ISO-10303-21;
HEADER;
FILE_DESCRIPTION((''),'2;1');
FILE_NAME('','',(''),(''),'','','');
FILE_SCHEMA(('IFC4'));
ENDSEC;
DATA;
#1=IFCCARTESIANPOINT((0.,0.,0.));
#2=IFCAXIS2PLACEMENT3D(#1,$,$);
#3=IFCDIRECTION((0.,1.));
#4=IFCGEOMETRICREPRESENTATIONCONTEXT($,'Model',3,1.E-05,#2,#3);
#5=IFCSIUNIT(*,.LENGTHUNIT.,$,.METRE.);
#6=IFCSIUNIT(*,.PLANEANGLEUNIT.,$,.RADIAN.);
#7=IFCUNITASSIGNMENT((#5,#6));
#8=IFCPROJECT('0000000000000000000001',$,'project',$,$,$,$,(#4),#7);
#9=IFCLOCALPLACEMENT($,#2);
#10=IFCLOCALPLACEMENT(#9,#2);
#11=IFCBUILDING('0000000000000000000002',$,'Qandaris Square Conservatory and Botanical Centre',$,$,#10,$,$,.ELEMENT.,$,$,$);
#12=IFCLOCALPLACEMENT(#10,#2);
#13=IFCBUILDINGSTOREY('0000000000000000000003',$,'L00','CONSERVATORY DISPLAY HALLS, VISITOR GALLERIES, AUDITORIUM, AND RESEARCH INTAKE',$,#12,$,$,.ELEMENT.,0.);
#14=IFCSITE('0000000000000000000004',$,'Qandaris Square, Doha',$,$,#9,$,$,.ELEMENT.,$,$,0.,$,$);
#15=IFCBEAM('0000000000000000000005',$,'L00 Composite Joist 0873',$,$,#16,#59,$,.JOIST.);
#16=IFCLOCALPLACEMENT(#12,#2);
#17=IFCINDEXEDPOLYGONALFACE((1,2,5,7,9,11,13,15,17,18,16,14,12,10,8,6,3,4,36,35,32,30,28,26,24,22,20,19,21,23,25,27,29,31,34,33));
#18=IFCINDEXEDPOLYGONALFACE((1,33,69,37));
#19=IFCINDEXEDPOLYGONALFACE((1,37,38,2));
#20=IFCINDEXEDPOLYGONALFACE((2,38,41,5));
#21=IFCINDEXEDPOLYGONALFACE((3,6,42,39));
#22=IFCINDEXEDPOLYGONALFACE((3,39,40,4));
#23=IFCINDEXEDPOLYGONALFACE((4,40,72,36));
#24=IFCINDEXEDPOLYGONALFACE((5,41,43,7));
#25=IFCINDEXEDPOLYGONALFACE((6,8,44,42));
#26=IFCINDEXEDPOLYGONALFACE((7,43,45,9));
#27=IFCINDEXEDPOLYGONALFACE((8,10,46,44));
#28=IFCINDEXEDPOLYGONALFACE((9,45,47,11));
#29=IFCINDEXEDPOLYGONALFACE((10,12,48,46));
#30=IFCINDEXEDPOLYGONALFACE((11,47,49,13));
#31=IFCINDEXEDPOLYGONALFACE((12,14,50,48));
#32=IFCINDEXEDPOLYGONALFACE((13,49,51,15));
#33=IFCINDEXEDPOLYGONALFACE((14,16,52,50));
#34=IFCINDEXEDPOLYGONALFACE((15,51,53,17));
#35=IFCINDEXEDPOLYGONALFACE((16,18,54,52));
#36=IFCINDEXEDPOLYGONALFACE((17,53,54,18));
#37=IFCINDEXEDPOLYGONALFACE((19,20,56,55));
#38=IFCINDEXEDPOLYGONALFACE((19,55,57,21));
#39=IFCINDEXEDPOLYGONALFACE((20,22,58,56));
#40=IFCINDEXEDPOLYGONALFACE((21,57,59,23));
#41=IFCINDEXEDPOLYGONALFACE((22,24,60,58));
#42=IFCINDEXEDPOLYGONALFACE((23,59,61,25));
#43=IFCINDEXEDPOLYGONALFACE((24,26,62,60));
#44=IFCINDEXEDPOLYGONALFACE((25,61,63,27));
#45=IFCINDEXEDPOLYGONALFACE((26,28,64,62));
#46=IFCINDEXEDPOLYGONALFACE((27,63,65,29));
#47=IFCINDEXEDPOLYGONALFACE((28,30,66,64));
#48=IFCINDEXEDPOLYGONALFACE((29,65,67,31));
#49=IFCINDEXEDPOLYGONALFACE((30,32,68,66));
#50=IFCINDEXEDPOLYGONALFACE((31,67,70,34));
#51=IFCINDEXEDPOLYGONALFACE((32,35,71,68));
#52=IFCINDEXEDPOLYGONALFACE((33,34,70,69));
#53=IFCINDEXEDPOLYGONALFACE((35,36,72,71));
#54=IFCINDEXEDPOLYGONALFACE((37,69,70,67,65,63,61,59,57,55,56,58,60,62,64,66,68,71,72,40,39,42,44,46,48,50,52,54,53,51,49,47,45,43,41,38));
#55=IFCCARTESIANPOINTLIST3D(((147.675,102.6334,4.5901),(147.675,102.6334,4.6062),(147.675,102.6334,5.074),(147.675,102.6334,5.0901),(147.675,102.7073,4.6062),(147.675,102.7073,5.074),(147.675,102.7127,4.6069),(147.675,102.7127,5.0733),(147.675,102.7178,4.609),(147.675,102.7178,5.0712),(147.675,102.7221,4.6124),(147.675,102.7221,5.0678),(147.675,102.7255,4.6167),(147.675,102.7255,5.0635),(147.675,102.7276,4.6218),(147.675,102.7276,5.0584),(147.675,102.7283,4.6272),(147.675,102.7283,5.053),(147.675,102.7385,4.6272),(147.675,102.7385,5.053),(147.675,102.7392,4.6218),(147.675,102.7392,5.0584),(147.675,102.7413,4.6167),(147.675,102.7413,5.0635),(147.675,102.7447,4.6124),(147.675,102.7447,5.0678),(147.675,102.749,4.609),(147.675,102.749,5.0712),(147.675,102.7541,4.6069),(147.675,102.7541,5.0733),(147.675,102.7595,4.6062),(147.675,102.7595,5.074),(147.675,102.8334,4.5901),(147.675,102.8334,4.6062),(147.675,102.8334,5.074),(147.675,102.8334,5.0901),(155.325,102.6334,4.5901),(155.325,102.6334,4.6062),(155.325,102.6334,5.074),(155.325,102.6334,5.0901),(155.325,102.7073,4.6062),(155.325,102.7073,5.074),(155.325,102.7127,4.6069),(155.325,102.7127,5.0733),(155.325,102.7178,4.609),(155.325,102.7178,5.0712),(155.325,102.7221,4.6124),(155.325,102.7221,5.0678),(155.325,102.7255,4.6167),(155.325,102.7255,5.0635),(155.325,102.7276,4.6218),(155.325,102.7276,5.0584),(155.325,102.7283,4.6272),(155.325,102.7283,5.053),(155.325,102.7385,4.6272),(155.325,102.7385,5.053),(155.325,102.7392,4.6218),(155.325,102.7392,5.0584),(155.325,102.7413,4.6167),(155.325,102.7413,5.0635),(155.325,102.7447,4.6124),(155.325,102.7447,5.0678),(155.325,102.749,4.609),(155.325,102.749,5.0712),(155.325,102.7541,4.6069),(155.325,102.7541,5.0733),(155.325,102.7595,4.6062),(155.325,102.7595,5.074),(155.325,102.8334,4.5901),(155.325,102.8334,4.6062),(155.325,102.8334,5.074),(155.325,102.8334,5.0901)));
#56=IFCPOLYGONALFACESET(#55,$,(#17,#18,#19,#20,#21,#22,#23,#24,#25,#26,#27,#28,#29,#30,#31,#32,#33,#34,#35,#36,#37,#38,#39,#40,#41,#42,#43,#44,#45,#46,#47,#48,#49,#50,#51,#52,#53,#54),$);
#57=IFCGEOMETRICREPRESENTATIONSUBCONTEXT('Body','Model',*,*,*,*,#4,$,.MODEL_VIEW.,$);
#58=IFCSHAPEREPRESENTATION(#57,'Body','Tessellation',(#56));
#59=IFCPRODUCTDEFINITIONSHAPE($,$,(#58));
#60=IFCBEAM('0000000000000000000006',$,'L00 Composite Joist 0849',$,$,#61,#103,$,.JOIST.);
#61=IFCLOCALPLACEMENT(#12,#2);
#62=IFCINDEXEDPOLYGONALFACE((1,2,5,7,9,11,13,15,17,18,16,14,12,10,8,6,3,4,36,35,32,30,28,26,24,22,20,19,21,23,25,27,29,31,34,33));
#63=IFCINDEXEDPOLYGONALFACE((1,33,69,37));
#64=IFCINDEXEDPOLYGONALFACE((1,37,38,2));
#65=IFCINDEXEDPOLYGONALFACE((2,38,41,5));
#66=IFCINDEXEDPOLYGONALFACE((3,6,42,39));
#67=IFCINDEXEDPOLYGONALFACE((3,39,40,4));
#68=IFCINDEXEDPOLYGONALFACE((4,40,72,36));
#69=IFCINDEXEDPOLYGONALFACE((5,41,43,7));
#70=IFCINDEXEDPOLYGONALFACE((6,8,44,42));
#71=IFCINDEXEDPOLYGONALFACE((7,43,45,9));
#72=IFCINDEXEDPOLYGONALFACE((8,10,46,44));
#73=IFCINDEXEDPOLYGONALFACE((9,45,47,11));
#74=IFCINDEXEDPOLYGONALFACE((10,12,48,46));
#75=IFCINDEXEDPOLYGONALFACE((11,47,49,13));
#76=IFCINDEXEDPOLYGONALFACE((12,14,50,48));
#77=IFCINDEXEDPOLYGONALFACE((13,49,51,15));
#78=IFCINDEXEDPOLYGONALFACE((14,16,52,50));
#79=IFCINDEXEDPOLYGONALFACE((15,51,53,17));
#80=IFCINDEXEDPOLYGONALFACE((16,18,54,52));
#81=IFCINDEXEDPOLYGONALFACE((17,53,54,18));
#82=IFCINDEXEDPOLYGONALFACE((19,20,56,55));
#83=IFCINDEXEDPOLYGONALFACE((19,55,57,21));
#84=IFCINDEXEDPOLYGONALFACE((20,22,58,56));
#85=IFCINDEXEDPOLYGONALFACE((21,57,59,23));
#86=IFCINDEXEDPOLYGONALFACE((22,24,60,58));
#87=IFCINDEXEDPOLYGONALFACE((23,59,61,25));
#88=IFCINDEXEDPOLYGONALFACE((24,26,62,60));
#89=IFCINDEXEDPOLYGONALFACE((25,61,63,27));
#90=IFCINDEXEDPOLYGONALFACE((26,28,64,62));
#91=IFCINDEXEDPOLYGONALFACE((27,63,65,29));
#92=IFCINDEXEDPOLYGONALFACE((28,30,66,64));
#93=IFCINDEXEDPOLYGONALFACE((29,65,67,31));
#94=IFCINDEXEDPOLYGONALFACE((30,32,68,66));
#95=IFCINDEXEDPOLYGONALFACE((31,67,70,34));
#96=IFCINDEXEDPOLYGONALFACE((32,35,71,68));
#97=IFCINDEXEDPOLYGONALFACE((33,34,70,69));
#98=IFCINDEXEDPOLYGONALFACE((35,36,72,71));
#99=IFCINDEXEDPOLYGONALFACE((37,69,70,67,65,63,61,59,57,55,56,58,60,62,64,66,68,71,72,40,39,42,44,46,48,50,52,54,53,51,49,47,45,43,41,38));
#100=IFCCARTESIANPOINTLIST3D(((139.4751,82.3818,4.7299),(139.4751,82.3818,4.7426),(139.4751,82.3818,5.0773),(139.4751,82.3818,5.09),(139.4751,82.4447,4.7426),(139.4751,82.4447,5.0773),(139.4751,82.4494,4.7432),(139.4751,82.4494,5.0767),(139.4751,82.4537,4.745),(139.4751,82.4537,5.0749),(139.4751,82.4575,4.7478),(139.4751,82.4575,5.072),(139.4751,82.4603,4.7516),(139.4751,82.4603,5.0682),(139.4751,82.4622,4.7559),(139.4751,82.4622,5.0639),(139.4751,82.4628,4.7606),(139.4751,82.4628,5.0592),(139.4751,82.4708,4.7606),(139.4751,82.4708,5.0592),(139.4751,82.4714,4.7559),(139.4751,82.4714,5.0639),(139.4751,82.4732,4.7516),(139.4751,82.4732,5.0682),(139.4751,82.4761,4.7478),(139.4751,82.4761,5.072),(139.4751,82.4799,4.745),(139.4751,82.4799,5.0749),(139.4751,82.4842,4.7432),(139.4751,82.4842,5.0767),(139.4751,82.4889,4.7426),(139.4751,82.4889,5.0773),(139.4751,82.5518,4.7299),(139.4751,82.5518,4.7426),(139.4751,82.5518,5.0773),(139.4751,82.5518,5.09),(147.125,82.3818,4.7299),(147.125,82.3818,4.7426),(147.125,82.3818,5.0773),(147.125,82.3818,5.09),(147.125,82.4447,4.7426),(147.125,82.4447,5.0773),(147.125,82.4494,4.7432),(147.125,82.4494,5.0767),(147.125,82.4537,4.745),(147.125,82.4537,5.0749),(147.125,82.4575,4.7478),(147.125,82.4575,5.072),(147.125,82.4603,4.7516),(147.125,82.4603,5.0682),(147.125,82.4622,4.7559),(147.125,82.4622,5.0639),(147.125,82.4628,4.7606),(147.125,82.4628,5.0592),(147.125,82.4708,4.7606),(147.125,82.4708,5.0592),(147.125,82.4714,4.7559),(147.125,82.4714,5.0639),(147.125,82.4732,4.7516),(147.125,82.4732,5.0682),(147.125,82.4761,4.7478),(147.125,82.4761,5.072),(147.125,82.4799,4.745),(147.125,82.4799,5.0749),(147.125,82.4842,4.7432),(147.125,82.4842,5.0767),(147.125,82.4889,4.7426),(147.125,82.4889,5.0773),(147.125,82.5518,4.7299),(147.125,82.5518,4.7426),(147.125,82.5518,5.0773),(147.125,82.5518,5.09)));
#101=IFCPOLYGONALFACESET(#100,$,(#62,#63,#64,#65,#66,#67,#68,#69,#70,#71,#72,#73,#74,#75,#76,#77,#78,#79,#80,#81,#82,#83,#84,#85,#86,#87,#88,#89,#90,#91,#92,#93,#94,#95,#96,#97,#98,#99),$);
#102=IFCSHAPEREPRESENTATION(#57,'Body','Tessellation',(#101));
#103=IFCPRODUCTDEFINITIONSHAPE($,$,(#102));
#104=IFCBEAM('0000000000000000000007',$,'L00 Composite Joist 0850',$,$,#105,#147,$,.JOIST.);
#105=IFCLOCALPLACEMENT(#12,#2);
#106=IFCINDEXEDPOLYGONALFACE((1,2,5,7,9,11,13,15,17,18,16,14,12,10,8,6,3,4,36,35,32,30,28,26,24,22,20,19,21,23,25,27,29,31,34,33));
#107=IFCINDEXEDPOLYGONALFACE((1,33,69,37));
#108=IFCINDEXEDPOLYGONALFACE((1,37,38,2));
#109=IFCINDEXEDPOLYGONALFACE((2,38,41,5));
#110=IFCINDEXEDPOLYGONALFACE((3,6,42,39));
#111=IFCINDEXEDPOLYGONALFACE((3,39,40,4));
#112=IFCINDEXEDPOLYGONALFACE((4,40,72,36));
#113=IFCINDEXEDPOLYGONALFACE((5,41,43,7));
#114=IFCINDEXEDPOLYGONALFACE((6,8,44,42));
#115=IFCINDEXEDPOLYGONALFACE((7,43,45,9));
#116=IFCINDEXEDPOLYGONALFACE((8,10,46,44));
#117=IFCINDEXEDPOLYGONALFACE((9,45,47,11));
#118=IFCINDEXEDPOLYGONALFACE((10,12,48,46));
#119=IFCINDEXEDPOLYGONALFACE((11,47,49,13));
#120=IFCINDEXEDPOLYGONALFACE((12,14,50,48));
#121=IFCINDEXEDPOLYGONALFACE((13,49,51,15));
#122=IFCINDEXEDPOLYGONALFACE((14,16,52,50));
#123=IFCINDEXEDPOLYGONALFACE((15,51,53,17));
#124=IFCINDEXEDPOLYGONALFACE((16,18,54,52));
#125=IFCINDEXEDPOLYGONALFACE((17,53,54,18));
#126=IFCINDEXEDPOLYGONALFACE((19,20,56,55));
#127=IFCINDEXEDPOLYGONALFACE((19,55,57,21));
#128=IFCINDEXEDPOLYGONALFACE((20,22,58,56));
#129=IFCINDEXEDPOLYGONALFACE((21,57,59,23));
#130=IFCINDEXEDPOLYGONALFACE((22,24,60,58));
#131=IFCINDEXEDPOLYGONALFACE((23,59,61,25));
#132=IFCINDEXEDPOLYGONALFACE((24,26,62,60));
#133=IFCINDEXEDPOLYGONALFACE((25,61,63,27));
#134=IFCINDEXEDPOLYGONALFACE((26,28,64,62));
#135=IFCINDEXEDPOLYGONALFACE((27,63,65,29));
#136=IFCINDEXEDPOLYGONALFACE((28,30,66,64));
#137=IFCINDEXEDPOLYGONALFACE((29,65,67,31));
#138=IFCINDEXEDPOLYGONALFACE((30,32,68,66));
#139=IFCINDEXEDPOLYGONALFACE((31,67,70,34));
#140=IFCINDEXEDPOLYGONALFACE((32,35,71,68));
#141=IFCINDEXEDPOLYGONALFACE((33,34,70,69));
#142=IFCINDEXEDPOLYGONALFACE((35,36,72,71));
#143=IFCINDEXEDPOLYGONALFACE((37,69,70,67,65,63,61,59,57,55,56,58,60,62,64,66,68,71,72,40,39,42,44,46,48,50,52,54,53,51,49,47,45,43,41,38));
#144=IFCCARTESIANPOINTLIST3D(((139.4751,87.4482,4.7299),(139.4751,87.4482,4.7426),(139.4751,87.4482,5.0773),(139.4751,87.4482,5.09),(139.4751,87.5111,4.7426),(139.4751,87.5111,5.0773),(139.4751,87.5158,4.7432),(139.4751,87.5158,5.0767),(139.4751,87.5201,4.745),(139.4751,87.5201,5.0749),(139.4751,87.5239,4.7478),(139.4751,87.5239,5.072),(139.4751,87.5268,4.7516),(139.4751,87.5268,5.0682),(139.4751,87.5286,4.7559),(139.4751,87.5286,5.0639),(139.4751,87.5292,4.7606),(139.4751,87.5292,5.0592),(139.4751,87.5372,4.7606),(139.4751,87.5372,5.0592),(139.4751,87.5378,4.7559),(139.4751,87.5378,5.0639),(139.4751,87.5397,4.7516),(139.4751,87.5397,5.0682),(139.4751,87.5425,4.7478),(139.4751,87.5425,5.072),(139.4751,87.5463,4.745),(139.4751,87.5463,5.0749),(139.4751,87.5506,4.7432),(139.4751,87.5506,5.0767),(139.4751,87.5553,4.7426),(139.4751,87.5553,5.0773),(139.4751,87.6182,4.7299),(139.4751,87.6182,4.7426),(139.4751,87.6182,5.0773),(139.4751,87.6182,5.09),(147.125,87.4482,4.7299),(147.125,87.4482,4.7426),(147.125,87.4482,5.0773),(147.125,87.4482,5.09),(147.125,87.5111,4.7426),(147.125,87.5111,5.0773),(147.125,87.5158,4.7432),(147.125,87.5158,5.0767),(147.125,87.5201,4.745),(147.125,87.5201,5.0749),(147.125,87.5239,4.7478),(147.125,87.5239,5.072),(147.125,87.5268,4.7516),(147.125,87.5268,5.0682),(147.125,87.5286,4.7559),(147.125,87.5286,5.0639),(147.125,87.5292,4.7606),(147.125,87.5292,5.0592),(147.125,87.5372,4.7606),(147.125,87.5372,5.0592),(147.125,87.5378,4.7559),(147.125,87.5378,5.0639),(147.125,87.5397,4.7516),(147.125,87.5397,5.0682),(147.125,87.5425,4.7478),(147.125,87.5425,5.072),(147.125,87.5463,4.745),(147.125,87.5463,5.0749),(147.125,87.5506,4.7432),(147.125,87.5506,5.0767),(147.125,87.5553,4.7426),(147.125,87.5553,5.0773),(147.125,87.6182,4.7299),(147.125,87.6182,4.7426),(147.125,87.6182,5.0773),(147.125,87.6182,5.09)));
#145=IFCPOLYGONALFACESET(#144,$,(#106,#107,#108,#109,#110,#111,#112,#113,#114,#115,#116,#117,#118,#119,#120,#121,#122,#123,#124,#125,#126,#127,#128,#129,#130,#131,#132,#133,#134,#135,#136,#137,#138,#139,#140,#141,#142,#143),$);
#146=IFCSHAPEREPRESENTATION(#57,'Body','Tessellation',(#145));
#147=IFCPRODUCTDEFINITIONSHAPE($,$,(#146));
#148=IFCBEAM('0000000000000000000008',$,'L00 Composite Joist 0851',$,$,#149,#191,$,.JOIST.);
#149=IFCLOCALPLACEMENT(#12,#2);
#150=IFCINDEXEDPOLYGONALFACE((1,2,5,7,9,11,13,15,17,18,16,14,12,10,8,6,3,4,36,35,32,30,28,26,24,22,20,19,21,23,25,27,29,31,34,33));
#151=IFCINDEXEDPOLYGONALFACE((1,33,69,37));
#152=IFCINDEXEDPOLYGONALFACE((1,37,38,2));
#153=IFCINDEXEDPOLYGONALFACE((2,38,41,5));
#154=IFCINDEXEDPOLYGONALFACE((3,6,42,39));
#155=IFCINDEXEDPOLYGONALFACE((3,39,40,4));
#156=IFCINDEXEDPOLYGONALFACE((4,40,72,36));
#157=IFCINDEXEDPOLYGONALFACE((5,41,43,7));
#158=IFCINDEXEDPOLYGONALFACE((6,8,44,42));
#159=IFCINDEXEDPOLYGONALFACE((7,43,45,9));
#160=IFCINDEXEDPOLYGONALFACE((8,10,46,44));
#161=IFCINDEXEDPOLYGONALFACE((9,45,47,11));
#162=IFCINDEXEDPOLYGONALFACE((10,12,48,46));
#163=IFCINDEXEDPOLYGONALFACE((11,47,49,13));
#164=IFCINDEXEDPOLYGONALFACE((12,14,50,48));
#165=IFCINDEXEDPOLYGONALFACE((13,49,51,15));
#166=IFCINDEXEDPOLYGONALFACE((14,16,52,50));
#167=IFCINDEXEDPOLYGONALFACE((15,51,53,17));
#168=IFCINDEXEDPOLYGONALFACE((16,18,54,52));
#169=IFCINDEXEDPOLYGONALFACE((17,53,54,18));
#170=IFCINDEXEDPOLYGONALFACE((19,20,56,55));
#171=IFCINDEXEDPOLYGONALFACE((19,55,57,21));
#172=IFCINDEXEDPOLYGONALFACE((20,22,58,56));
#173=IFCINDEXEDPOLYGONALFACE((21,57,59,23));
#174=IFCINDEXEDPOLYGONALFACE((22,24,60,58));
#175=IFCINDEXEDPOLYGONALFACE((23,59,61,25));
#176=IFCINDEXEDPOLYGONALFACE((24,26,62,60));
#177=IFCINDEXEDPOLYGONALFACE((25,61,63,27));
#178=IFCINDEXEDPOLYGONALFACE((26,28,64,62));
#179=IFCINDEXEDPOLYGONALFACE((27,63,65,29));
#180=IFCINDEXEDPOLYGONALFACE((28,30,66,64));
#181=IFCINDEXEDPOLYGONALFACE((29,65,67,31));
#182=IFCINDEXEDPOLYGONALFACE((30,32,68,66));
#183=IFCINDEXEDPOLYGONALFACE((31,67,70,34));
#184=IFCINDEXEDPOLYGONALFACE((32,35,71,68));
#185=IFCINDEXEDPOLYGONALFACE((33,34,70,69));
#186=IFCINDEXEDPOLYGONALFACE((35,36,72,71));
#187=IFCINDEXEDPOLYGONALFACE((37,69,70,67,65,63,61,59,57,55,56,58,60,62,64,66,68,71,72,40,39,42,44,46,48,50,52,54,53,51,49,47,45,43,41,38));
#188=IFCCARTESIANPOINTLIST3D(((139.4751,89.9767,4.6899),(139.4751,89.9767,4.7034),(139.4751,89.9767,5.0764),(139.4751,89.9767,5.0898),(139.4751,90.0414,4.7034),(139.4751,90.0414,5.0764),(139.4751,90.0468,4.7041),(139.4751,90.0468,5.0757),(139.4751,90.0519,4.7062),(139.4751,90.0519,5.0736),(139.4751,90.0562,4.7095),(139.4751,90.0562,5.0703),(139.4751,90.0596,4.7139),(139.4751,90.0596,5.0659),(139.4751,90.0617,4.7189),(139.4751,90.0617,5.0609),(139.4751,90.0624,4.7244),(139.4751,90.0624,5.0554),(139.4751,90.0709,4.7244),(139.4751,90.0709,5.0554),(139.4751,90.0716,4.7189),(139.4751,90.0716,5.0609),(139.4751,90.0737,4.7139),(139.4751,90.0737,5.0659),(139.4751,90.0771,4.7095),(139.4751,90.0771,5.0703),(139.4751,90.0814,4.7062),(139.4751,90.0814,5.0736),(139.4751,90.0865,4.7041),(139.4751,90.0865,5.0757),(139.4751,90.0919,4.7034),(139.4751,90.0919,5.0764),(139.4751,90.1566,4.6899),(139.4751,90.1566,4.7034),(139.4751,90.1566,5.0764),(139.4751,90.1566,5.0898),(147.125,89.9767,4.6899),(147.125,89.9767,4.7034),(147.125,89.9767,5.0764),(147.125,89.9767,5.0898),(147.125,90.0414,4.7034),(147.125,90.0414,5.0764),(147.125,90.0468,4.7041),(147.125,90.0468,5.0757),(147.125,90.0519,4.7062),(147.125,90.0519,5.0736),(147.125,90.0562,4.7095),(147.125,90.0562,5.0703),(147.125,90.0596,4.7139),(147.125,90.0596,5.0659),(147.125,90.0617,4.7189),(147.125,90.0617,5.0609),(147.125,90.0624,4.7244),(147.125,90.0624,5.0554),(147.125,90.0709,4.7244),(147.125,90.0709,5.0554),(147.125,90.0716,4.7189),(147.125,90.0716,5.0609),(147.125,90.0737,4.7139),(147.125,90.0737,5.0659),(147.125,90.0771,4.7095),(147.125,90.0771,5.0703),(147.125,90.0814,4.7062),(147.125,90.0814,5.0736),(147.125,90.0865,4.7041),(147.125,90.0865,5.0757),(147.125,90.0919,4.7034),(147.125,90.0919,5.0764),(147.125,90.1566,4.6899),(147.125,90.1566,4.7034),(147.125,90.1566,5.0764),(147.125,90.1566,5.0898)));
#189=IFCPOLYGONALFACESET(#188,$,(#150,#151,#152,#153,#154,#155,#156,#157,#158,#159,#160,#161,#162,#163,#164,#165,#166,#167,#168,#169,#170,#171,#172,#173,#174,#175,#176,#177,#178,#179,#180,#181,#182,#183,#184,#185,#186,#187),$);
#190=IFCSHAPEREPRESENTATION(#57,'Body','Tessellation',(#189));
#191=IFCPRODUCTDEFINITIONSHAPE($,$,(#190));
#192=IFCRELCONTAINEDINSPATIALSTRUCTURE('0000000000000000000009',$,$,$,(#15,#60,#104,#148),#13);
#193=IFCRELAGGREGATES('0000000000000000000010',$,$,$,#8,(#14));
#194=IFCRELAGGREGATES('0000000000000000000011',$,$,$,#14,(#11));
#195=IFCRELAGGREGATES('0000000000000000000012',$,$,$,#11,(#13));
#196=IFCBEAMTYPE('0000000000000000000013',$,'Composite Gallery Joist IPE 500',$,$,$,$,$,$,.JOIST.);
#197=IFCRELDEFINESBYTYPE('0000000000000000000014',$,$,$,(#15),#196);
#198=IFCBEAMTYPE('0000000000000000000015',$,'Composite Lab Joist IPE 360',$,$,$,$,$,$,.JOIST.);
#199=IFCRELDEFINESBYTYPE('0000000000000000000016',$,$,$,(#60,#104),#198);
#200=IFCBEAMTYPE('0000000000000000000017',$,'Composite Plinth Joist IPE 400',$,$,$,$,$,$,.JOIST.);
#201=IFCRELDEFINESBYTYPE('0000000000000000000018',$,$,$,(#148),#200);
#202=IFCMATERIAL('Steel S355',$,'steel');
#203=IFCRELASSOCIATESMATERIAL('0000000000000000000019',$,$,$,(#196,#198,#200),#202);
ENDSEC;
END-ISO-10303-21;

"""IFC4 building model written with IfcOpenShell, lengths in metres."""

from ifc_helpers import new_model, si_unit, direction, frame, origin, origin_2d, place, context, subcontext, project, spatial, i_section, extrude, material, material_profile, profile_set, type_object, element, save


model = new_model("IFC4")

# Units and contexts
model_context = context("Model", 3, precision=1e-05, world=origin(), true_north=direction((0.0, 1.0)))
body_context = subcontext(model_context, "Body", "Model", "MODEL_VIEW")
ifc_project = project(units=[si_unit("LENGTHUNIT", "METRE"), si_unit("PLANEANGLEUNIT", "RADIAN")], contexts=[model_context])

# Site, building, storey
site_placement = place(None, origin())
site = spatial("IfcSite", under=ifc_project, at=site_placement, Name="Qandaris Square, Doha", CompositionType="ELEMENT", RefElevation=0.0)
building_placement = place(site_placement, origin())
building = spatial("IfcBuilding", under=site, at=building_placement, Name="Qandaris Square Conservatory and Botanical Centre", CompositionType="ELEMENT")
storey_placement = place(building_placement, origin())
storey = spatial("IfcBuildingStorey", under=building, at=storey_placement, Name="L00", Description="CONSERVATORY DISPLAY HALLS, VISITOR GALLERIES, AUDITORIUM, AND RESEARCH INTAKE", CompositionType="ELEMENT", Elevation=0.0)

# Beams
ifc_material_1 = material(Name="Steel S355", Category="steel")
ifc_material_profile_1 = material_profile(ifc_material_1, i_section(OverallWidth=0.2, OverallDepth=0.5, WebThickness=0.0103, FlangeThickness=0.0161, FilletRadius=0.021, at=origin_2d()), Name="IPE 500")
ifc_profile_set_1 = profile_set([ifc_material_profile_1], Name="Steel S355")
beam_type_1 = type_object("IfcBeamType", Name="Composite Gallery Joist IPE 500", PredefinedType="JOIST", material=ifc_profile_set_1)
for number, where, z_axis, x_axis, name in (
    (1, (147.675, 102.7334, 4.8401), (1.0, 0.0, 0.0), (0.0, 1.0, 0.0), "L00 Composite Joist 0873"),
):
    element("IfcBeam", number, at=place(storey_placement, frame(where, z_axis=z_axis, x_axis=x_axis)), inside=storey, type_object=beam_type_1, Name=name, PredefinedType="JOIST", context=body_context, shape_type="SweptSolid", body=[
        extrude(i_section(OverallWidth=0.2, OverallDepth=0.5, WebThickness=0.0103, FlangeThickness=0.0161, FilletRadius=0.021, at=origin_2d()), origin(), (0.0, 0.0, 1.0), 7.6499),
    ])
ifc_material_profile_2 = material_profile(ifc_material_1, i_section(OverallWidth=0.1699, OverallDepth=0.3601, WebThickness=0.0081, FlangeThickness=0.0127, FilletRadius=0.0181, at=origin_2d()), Name="IPE 360")
ifc_profile_set_2 = profile_set([ifc_material_profile_2], Name="Steel S355")
beam_type_2 = type_object("IfcBeamType", Name="Composite Lab Joist IPE 360", PredefinedType="JOIST", material=ifc_profile_set_2)
for number, where, z_axis, x_axis, name in (
    (2, (139.4751, 82.4668, 4.9099), (1.0, 0.0, 0.0), (0.0, 1.0, 0.0), "L00 Composite Joist 0849"),
    (3, (139.4751, 87.5332, 4.9099), (1.0, 0.0, 0.0), (0.0, 1.0, 0.0), "L00 Composite Joist 0850"),
):
    element("IfcBeam", number, at=place(storey_placement, frame(where, z_axis=z_axis, x_axis=x_axis)), inside=storey, type_object=beam_type_2, Name=name, PredefinedType="JOIST", context=body_context, shape_type="SweptSolid", body=[
        extrude(i_section(OverallWidth=0.1699, OverallDepth=0.3601, WebThickness=0.0081, FlangeThickness=0.0127, FilletRadius=0.0181, at=origin_2d()), origin(), (0.0, 0.0, 1.0), 7.6499),
    ])
ifc_material_profile_3 = material_profile(ifc_material_1, i_section(OverallWidth=0.1799, OverallDepth=0.3999, WebThickness=0.0085, FlangeThickness=0.0134, FilletRadius=0.021, at=origin_2d()), Name="IPE 400")
ifc_profile_set_3 = profile_set([ifc_material_profile_3], Name="Steel S355")
beam_type_3 = type_object("IfcBeamType", Name="Composite Plinth Joist IPE 400", PredefinedType="JOIST", material=ifc_profile_set_3)
for number, where, z_axis, x_axis, name in (
    (4, (139.4751, 90.0667, 4.8899), (1.0, 0.0, 0.0), (0.0, 1.0, 0.0), "L00 Composite Joist 0851"),
):
    element("IfcBeam", number, at=place(storey_placement, frame(where, z_axis=z_axis, x_axis=x_axis)), inside=storey, type_object=beam_type_3, Name=name, PredefinedType="JOIST", context=body_context, shape_type="SweptSolid", body=[
        extrude(i_section(OverallWidth=0.1799, OverallDepth=0.3999, WebThickness=0.0085, FlangeThickness=0.0134, FilletRadius=0.021, at=origin_2d()), origin(), (0.0, 0.0, 1.0), 7.6499),
    ])

save(model, "model.ifc")
